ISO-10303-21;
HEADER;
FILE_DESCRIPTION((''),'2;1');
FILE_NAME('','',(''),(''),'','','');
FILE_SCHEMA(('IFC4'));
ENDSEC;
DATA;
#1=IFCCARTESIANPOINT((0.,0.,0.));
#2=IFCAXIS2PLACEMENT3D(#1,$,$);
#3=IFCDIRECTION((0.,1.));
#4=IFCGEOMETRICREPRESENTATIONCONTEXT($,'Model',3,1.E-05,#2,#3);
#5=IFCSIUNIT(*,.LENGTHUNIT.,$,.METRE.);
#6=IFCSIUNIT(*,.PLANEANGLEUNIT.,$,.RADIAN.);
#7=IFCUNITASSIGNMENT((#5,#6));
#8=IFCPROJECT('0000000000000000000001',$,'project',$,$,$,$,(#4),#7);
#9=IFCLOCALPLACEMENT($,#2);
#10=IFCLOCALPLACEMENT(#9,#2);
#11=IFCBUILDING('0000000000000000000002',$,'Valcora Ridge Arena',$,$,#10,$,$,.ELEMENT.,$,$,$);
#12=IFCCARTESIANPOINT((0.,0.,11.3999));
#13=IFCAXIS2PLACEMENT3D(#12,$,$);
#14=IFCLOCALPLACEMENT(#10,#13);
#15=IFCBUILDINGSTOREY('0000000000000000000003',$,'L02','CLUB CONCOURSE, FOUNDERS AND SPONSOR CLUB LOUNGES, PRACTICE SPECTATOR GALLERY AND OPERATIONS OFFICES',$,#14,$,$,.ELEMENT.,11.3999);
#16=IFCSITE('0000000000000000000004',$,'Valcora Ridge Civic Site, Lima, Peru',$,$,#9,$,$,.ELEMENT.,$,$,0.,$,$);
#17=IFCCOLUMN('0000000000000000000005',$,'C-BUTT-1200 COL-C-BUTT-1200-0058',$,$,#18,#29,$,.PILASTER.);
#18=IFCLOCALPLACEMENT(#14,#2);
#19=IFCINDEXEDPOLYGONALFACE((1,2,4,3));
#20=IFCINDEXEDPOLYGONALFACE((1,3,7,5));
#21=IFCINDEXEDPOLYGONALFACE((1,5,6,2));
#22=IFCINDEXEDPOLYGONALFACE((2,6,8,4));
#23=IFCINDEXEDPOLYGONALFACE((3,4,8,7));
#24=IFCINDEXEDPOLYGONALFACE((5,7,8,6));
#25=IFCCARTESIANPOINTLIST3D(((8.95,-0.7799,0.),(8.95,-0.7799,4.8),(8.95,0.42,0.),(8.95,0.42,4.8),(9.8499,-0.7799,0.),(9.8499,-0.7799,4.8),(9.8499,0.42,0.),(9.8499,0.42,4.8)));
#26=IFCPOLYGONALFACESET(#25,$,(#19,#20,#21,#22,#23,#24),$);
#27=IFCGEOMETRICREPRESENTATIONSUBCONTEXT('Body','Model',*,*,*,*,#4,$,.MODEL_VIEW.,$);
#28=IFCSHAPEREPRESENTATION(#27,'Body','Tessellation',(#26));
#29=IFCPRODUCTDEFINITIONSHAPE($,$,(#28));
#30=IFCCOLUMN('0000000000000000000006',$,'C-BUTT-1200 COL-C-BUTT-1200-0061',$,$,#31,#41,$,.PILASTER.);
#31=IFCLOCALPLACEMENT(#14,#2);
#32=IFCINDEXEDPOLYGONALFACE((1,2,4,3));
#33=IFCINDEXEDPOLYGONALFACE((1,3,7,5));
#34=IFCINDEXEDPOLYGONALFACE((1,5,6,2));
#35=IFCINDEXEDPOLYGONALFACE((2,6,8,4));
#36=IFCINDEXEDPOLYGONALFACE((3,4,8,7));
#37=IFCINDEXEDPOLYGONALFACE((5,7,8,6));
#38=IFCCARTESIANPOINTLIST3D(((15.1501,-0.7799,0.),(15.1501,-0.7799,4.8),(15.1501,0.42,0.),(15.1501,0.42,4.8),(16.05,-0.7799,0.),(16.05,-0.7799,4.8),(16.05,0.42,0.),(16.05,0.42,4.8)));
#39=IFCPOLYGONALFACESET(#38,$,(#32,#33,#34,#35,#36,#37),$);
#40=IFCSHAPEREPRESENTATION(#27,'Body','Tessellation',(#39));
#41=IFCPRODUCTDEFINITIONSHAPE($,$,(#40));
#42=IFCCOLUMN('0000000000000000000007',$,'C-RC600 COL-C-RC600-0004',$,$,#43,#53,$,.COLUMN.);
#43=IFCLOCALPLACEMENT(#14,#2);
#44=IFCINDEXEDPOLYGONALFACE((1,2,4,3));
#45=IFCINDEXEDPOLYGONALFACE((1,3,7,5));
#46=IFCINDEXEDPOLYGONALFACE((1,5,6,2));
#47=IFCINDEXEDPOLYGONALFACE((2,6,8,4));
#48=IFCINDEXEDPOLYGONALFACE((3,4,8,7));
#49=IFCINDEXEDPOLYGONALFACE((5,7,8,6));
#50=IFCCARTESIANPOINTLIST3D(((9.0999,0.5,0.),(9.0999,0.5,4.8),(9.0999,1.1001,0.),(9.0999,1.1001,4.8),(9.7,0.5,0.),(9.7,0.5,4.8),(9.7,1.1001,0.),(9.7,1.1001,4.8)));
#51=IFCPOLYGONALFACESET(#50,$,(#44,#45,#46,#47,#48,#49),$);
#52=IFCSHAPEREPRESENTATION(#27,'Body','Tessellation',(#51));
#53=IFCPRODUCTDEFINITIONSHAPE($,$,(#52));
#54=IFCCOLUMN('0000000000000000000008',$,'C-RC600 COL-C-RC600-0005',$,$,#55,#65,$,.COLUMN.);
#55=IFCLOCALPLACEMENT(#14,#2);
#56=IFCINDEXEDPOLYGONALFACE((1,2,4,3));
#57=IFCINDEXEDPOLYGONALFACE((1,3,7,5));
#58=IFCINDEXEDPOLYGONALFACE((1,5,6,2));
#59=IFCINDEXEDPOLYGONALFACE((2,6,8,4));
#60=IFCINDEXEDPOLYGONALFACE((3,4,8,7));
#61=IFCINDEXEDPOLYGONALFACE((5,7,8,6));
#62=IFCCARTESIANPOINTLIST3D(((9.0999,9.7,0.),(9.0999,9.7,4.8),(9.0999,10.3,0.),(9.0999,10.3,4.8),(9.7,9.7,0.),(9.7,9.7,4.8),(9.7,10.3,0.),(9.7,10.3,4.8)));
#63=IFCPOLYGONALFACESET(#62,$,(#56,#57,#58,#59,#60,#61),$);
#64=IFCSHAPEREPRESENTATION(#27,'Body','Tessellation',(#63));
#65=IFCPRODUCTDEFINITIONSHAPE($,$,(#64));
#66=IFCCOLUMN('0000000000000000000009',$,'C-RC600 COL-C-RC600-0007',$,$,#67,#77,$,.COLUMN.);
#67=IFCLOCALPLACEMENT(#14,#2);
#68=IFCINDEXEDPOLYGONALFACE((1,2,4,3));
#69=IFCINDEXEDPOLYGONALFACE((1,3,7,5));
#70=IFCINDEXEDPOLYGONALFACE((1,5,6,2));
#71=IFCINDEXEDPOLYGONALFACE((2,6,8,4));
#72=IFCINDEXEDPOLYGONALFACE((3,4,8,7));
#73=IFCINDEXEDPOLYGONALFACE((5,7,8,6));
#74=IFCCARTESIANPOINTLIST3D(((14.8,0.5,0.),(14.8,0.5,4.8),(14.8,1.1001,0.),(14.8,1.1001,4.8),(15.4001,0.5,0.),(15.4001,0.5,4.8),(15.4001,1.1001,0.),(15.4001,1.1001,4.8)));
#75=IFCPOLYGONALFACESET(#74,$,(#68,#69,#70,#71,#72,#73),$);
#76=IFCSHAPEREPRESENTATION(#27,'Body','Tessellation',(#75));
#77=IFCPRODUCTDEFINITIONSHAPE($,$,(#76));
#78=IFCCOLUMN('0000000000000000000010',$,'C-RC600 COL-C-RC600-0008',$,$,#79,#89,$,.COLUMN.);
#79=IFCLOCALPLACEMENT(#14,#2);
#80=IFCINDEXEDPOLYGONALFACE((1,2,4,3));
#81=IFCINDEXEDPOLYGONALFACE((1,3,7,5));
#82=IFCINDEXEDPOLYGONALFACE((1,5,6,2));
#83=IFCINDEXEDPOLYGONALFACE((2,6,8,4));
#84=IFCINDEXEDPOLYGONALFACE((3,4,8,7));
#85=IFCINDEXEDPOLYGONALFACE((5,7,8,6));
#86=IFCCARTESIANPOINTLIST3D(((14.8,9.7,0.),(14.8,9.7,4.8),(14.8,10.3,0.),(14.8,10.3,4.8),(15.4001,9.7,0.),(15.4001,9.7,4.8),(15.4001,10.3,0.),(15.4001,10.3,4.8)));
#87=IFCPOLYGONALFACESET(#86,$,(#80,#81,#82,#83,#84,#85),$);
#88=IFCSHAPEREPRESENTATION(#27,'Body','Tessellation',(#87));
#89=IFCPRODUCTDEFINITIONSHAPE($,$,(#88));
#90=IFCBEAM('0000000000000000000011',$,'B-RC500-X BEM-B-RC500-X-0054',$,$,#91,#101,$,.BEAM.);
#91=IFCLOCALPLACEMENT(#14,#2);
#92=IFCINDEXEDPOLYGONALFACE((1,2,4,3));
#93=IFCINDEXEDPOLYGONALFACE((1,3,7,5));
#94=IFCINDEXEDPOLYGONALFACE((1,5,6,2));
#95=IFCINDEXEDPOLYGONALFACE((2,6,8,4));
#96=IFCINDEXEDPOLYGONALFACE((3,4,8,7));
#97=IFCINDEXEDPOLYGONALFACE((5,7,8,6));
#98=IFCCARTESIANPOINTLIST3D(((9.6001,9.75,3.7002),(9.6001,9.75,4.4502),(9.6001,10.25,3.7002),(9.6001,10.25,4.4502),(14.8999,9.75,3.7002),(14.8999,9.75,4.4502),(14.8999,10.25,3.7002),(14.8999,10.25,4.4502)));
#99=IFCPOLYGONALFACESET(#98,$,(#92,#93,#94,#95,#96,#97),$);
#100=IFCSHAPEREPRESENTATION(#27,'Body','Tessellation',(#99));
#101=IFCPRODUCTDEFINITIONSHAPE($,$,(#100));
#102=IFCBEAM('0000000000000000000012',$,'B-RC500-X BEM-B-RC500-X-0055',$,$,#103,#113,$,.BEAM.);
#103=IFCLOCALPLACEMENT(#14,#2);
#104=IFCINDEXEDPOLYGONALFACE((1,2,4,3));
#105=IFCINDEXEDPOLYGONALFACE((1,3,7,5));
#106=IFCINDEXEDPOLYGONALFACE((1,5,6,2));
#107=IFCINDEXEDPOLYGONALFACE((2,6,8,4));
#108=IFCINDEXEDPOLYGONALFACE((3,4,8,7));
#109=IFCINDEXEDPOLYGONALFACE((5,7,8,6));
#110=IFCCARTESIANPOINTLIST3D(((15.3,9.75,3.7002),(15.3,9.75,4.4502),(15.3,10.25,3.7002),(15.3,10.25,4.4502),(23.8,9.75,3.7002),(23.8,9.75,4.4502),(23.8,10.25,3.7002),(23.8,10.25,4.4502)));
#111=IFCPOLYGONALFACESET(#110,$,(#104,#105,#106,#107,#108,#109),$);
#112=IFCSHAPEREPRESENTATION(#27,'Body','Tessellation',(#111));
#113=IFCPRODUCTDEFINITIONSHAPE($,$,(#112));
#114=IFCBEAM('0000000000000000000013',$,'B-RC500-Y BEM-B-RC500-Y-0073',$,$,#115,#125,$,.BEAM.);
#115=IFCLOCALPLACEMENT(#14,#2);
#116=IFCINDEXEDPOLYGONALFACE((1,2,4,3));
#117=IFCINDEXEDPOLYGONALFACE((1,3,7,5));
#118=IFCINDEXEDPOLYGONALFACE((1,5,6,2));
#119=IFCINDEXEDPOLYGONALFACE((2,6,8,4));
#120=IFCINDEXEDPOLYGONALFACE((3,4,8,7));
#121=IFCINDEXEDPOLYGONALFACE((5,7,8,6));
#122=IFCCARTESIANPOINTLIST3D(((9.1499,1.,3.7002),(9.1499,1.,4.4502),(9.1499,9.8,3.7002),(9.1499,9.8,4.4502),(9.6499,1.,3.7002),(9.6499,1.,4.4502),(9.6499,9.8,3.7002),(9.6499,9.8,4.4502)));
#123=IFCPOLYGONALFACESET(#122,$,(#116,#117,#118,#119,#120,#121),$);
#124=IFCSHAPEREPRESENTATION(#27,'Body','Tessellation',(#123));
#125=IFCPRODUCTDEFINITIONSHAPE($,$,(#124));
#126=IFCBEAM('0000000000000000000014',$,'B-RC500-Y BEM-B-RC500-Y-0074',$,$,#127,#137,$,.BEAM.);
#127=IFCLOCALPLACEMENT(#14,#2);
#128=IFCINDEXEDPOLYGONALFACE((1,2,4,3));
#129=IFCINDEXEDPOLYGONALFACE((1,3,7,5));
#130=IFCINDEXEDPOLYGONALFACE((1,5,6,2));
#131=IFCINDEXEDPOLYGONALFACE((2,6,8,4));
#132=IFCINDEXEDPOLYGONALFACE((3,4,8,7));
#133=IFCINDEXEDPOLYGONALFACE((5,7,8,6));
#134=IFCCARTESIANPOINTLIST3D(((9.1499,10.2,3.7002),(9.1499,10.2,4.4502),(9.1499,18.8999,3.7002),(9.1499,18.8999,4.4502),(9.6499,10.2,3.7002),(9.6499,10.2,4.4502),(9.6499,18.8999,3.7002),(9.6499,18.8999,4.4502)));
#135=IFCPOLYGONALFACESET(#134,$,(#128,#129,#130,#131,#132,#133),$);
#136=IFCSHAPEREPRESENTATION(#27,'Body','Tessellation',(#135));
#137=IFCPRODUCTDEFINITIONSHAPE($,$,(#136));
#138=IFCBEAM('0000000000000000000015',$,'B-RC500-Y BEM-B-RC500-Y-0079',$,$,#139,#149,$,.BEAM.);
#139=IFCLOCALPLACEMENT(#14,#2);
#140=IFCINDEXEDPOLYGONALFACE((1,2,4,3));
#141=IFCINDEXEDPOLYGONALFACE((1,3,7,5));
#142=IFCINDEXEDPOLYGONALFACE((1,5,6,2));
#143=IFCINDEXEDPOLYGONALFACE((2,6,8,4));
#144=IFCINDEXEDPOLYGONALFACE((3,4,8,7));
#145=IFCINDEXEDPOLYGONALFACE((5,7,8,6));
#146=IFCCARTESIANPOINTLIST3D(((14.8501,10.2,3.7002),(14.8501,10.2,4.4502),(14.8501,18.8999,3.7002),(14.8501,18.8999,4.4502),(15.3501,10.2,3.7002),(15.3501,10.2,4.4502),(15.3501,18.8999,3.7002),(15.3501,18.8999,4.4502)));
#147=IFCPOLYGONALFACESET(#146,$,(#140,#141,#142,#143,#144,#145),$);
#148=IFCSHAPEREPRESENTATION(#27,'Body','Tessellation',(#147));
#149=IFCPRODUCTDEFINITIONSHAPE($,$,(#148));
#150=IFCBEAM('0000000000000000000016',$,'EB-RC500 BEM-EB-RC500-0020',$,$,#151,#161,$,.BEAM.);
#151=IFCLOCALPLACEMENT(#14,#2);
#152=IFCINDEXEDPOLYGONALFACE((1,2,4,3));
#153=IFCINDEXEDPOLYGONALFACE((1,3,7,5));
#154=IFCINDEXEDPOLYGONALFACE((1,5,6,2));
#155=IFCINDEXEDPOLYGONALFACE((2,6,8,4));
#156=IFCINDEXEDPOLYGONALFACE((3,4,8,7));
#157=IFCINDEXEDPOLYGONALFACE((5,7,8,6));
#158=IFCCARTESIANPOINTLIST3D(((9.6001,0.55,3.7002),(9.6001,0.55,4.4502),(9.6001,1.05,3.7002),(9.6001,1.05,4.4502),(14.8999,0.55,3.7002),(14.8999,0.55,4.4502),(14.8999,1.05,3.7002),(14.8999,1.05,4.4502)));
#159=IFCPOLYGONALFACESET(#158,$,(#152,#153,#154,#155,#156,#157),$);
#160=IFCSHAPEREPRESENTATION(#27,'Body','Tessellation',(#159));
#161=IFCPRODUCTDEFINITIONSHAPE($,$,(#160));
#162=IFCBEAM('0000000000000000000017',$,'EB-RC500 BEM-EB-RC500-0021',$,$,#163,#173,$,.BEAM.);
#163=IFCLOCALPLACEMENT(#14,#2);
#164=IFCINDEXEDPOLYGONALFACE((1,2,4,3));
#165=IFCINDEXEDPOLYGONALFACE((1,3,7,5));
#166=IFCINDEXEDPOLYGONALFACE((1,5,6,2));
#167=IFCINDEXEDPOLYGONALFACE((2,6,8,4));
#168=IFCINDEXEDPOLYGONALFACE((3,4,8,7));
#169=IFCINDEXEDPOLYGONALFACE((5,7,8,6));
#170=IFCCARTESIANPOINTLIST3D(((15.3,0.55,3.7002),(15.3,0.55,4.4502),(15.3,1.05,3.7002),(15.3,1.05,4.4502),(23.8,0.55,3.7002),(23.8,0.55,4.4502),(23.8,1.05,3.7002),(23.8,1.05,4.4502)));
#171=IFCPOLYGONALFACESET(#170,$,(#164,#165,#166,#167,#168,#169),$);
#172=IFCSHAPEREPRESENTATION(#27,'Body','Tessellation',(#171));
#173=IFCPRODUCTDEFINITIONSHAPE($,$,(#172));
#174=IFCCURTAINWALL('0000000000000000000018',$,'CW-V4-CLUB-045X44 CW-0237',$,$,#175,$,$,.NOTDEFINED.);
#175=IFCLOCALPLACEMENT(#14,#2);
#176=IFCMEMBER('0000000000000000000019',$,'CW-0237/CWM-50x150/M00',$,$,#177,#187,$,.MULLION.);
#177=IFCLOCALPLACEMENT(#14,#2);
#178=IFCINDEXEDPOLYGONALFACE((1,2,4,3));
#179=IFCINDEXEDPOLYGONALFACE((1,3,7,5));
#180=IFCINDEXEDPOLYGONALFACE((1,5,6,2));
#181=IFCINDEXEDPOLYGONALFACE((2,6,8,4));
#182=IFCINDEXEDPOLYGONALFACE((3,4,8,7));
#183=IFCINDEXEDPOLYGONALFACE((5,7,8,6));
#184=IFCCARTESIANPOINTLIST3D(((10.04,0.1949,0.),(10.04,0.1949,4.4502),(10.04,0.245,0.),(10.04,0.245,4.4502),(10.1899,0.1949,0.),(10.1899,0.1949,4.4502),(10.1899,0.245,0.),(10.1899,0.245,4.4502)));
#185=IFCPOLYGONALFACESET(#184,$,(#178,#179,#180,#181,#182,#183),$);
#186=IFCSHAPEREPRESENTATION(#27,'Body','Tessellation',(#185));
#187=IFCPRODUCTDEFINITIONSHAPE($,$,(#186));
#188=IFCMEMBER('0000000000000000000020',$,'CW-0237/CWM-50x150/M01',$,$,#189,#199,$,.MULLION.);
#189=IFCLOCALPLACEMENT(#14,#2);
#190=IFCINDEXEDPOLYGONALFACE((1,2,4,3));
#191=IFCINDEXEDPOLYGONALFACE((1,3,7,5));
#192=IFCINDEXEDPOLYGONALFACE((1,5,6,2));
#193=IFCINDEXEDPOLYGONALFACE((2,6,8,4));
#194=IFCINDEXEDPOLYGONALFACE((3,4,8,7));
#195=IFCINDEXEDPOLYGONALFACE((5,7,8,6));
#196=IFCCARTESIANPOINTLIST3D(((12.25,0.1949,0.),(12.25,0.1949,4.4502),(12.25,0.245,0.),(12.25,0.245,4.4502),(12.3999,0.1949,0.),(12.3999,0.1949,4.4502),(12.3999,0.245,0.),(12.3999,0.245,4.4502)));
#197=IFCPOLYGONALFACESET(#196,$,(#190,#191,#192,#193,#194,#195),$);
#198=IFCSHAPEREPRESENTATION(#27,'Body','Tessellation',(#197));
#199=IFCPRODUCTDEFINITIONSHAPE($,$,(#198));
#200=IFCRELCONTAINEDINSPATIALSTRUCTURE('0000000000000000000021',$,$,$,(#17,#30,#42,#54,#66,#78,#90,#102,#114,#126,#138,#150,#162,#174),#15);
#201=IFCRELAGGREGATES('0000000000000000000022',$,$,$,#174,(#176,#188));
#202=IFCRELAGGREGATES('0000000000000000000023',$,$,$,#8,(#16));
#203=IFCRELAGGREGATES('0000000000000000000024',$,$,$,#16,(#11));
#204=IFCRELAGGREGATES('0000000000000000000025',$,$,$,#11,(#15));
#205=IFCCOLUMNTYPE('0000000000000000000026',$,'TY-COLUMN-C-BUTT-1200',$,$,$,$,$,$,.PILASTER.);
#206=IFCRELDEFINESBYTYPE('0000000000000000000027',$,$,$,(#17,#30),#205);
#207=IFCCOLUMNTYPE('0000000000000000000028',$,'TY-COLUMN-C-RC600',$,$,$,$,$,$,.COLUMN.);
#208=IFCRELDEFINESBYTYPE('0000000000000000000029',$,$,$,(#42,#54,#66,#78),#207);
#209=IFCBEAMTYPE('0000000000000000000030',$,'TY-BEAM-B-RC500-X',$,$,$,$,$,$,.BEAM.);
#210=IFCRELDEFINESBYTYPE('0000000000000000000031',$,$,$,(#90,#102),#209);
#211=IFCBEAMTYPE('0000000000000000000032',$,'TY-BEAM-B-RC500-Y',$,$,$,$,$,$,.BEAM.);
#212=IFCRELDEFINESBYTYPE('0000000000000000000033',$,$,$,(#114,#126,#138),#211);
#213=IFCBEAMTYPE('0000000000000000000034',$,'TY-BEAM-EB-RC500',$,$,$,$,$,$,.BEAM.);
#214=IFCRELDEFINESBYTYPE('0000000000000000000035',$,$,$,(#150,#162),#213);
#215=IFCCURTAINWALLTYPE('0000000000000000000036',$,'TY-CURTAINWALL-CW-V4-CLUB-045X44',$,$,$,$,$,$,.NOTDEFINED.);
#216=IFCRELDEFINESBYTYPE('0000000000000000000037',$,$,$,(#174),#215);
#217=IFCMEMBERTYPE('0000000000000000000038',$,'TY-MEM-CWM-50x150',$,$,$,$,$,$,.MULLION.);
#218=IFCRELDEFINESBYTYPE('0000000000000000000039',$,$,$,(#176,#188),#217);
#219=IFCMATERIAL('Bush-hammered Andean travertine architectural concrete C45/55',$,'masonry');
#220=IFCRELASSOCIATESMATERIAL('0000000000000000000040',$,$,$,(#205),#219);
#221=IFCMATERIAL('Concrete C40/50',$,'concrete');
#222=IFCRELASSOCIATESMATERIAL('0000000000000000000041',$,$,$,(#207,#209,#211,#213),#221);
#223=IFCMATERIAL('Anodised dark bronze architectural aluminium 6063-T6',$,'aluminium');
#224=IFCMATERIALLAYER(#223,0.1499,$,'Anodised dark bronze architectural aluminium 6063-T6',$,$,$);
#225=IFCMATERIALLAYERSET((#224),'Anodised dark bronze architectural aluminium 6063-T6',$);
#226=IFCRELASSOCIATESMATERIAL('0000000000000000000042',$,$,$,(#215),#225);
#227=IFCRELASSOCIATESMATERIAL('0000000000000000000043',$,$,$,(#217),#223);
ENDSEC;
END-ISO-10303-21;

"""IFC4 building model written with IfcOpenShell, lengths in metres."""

from ifc_helpers import new_model, si_unit, direction, frame, origin, origin_2d, place, context, subcontext, project, spatial, rectangle, extrude, material, layer, layer_set, material_profile, profile_set, type_object, element, aggregate, save


model = new_model("IFC4")

# Units and contexts
model_context = context("Model", 3, precision=1e-05, world=origin(), true_north=direction((0.0, 1.0)))
body_context = subcontext(model_context, "Body", "Model", "MODEL_VIEW")
ifc_project = project(units=[si_unit("LENGTHUNIT", "METRE"), si_unit("PLANEANGLEUNIT", "RADIAN")], contexts=[model_context])

# Site, building, storey
site_placement = place(None, origin())
site = spatial("IfcSite", under=ifc_project, at=site_placement, Name="Valcora Ridge Civic Site, Lima, Peru", CompositionType="ELEMENT", RefElevation=0.0)
building_placement = place(site_placement, origin())
building = spatial("IfcBuilding", under=site, at=building_placement, Name="Valcora Ridge Arena", CompositionType="ELEMENT")
storey_placement = place(building_placement, frame((0.0, 0.0, 11.3999)))
storey = spatial("IfcBuildingStorey", under=building, at=storey_placement, Name="L02", Description="CLUB CONCOURSE, FOUNDERS AND SPONSOR CLUB LOUNGES, PRACTICE SPECTATOR GALLERY AND OPERATIONS OFFICES", CompositionType="ELEMENT", Elevation=11.3999)

# Columns
ifc_material_1 = material(Name="Bush-hammered Andean travertine architectural concrete C45/55", Category="masonry")
ifc_material_profile_1 = material_profile(ifc_material_1, rectangle(XDim=0.8999, YDim=1.2, at=origin_2d()), Name="RC 900x1200")
ifc_profile_set_1 = profile_set([ifc_material_profile_1], Name="Bush-hammered Andean travertine architectural concrete C45/55")
column_type_1 = type_object("IfcColumnType", Name="TY-COLUMN-C-BUTT-1200", PredefinedType="PILASTER", material=ifc_profile_set_1)
for number, where, z_axis, x_axis, name in (
    (1, (9.3999, -0.1799, 0.0), (0.0, 0.0, 1.0), (1.0, 0.0, 0.0), "C-BUTT-1200 COL-C-BUTT-1200-0058"),
    (2, (15.6001, -0.1799, 0.0), (0.0, 0.0, 1.0), (1.0, 0.0, 0.0), "C-BUTT-1200 COL-C-BUTT-1200-0061"),
):
    element("IfcColumn", number, at=place(storey_placement, frame(where, z_axis=z_axis, x_axis=x_axis)), inside=storey, type_object=column_type_1, Name=name, PredefinedType="PILASTER", context=body_context, shape_type="SweptSolid", body=[
        extrude(rectangle(XDim=0.8999, YDim=1.2, at=origin_2d()), origin(), (0.0, 0.0, 1.0), 4.8),
    ])
ifc_material_2 = material(Name="Concrete C40/50", Category="concrete")
ifc_material_profile_2 = material_profile(ifc_material_2, rectangle(XDim=0.6001, YDim=0.6001, at=origin_2d()), Name="RC 600x600")
ifc_profile_set_2 = profile_set([ifc_material_profile_2], Name="Concrete C40/50")
column_type_2 = type_object("IfcColumnType", Name="TY-COLUMN-C-RC600", PredefinedType="COLUMN", material=ifc_profile_set_2)
for number, where, z_axis, x_axis, name in (
    (3, (9.3999, 0.8, 0.0), (0.0, 0.0, 1.0), (1.0, 0.0, 0.0), "C-RC600 COL-C-RC600-0004"),
    (4, (9.3999, 10.0, 0.0), (0.0, 0.0, 1.0), (1.0, 0.0, 0.0), "C-RC600 COL-C-RC600-0005"),
    (5, (15.1001, 0.8, 0.0), (0.0, 0.0, 1.0), (1.0, 0.0, 0.0), "C-RC600 COL-C-RC600-0007"),
    (6, (15.1001, 10.0, 0.0), (0.0, 0.0, 1.0), (1.0, 0.0, 0.0), "C-RC600 COL-C-RC600-0008"),
):
    element("IfcColumn", number, at=place(storey_placement, frame(where, z_axis=z_axis, x_axis=x_axis)), inside=storey, type_object=column_type_2, Name=name, PredefinedType="COLUMN", context=body_context, shape_type="SweptSolid", body=[
        extrude(rectangle(XDim=0.6001, YDim=0.6001, at=origin_2d()), origin(), (0.0, 0.0, 1.0), 4.8),
    ])

# Beams
ifc_material_profile_3 = material_profile(ifc_material_2, rectangle(XDim=0.5, YDim=0.75, at=origin_2d()), Name="RC 500x750")
ifc_profile_set_3 = profile_set([ifc_material_profile_3], Name="Concrete C40/50")
beam_type_1 = type_object("IfcBeamType", Name="TY-BEAM-B-RC500-X", PredefinedType="BEAM", material=ifc_profile_set_3)
beam_1_placement = place(storey_placement, frame((9.6001, 10.0, 4.0752), z_axis=(1.0, 0.0, 0.0), x_axis=(0.0, 1.0, 0.0)))
element("IfcBeam", 7, at=beam_1_placement, inside=storey, type_object=beam_type_1, Name="B-RC500-X BEM-B-RC500-X-0054", PredefinedType="BEAM", context=body_context, shape_type="SweptSolid", body=[
    extrude(rectangle(XDim=0.5, YDim=0.75, at=origin_2d()), origin(), (0.0, 0.0, 1.0), 5.2998),
])
beam_2_placement = place(storey_placement, frame((15.3, 10.0, 4.0752), z_axis=(1.0, 0.0, 0.0), x_axis=(0.0, 1.0, 0.0)))
element("IfcBeam", 8, at=beam_2_placement, inside=storey, type_object=beam_type_1, Name="B-RC500-X BEM-B-RC500-X-0055", PredefinedType="BEAM", context=body_context, shape_type="SweptSolid", body=[
    extrude(rectangle(XDim=0.5, YDim=0.75, at=origin_2d()), origin(), (0.0, 0.0, 1.0), 8.5),
])
ifc_material_profile_4 = material_profile(ifc_material_2, rectangle(XDim=0.5, YDim=0.75, at=origin_2d()), Name="RC 500x750")
ifc_profile_set_4 = profile_set([ifc_material_profile_4], Name="Concrete C40/50")
beam_type_2 = type_object("IfcBeamType", Name="TY-BEAM-B-RC500-Y", PredefinedType="BEAM", material=ifc_profile_set_4)
beam_3_placement = place(storey_placement, frame((9.3999, 1.0, 4.0752), z_axis=(0.0, 1.0, 0.0), x_axis=(-1.0, 0.0, 0.0)))
element("IfcBeam", 9, at=beam_3_placement, inside=storey, type_object=beam_type_2, Name="B-RC500-Y BEM-B-RC500-Y-0073", PredefinedType="BEAM", context=body_context, shape_type="SweptSolid", body=[
    extrude(rectangle(XDim=0.5, YDim=0.75, at=origin_2d()), origin(), (0.0, 0.0, 1.0), 8.8),
])
for number, where, z_axis, x_axis, name in (
    (10, (9.3999, 10.2, 4.0752), (0.0, 1.0, 0.0), (-1.0, 0.0, 0.0), "B-RC500-Y BEM-B-RC500-Y-0074"),
    (11, (15.1001, 10.2, 4.0752), (0.0, 1.0, 0.0), (-1.0, 0.0, 0.0), "B-RC500-Y BEM-B-RC500-Y-0079"),
):
    element("IfcBeam", number, at=place(storey_placement, frame(where, z_axis=z_axis, x_axis=x_axis)), inside=storey, type_object=beam_type_2, Name=name, PredefinedType="BEAM", context=body_context, shape_type="SweptSolid", body=[
        extrude(rectangle(XDim=0.5, YDim=0.75, at=origin_2d()), origin(), (0.0, 0.0, 1.0), 8.7),
    ])
ifc_material_profile_5 = material_profile(ifc_material_2, rectangle(XDim=0.5, YDim=0.75, at=origin_2d()), Name="RC 500x750")
ifc_profile_set_5 = profile_set([ifc_material_profile_5], Name="Concrete C40/50")
beam_type_3 = type_object("IfcBeamType", Name="TY-BEAM-EB-RC500", PredefinedType="BEAM", material=ifc_profile_set_5)
beam_4_placement = place(storey_placement, frame((9.6001, 0.8, 4.0752), z_axis=(1.0, 0.0, 0.0), x_axis=(0.0, 1.0, 0.0)))
element("IfcBeam", 12, at=beam_4_placement, inside=storey, type_object=beam_type_3, Name="EB-RC500 BEM-EB-RC500-0020", PredefinedType="BEAM", context=body_context, shape_type="SweptSolid", body=[
    extrude(rectangle(XDim=0.5, YDim=0.75, at=origin_2d()), origin(), (0.0, 0.0, 1.0), 5.2998),
])
beam_5_placement = place(storey_placement, frame((15.3, 0.8, 4.0752), z_axis=(1.0, 0.0, 0.0), x_axis=(0.0, 1.0, 0.0)))
element("IfcBeam", 13, at=beam_5_placement, inside=storey, type_object=beam_type_3, Name="EB-RC500 BEM-EB-RC500-0021", PredefinedType="BEAM", context=body_context, shape_type="SweptSolid", body=[
    extrude(rectangle(XDim=0.5, YDim=0.75, at=origin_2d()), origin(), (0.0, 0.0, 1.0), 8.5),
])

# Curtain wall, members
ifc_material_3 = material(Name="Anodised dark bronze architectural aluminium 6063-T6", Category="aluminium")
ifc_layer_1 = layer(ifc_material_3, 0.1499, Name="Anodised dark bronze architectural aluminium 6063-T6")
ifc_layer_set_1 = layer_set([ifc_layer_1], Name="Anodised dark bronze architectural aluminium 6063-T6")
curtain_wall_type_1 = type_object("IfcCurtainWallType", Name="TY-CURTAINWALL-CW-V4-CLUB-045X44", PredefinedType="NOTDEFINED", material=ifc_layer_set_1)
curtain_wall_1_placement = place(storey_placement, origin())
curtain_wall_1 = element("IfcCurtainWall", 14, at=curtain_wall_1_placement, inside=storey, type_object=curtain_wall_type_1, Name="CW-V4-CLUB-045X44 CW-0237", PredefinedType="NOTDEFINED")
ifc_material_profile_6 = material_profile(ifc_material_3, rectangle(XDim=0.05, YDim=0.1499, at=origin_2d()), Name="ALU MULLION 50x150")
ifc_profile_set_6 = profile_set([ifc_material_profile_6], Name="Anodised dark bronze architectural aluminium 6063-T6")
member_type_1 = type_object("IfcMemberType", Name="TY-MEM-CWM-50x150", PredefinedType="MULLION", material=ifc_profile_set_6)
member_1_placement = place(storey_placement, frame((10.115, 0.22, 0.0), z_axis=(0.0, 0.0, 1.0), x_axis=(0.0, 1.0, 0.0)))
member_1 = element("IfcMember", 15, at=member_1_placement, type_object=member_type_1, Name="CW-0237/CWM-50x150/M00", PredefinedType="MULLION", context=body_context, shape_type="SweptSolid", body=[
    extrude(rectangle(XDim=0.05, YDim=0.1499, at=origin_2d()), origin(), (0.0, 0.0, 1.0), 4.4502),
])
member_2_placement = place(storey_placement, frame((12.325, 0.22, 0.0), z_axis=(0.0, 0.0, 1.0), x_axis=(0.0, 1.0, 0.0)))
member_2 = element("IfcMember", 16, at=member_2_placement, type_object=member_type_1, Name="CW-0237/CWM-50x150/M01", PredefinedType="MULLION", context=body_context, shape_type="SweptSolid", body=[
    extrude(rectangle(XDim=0.05, YDim=0.1499, at=origin_2d()), origin(), (0.0, 0.0, 1.0), 4.4502),
])

aggregate(curtain_wall_1, [member_1, member_2])

save(model, "model.ifc")
